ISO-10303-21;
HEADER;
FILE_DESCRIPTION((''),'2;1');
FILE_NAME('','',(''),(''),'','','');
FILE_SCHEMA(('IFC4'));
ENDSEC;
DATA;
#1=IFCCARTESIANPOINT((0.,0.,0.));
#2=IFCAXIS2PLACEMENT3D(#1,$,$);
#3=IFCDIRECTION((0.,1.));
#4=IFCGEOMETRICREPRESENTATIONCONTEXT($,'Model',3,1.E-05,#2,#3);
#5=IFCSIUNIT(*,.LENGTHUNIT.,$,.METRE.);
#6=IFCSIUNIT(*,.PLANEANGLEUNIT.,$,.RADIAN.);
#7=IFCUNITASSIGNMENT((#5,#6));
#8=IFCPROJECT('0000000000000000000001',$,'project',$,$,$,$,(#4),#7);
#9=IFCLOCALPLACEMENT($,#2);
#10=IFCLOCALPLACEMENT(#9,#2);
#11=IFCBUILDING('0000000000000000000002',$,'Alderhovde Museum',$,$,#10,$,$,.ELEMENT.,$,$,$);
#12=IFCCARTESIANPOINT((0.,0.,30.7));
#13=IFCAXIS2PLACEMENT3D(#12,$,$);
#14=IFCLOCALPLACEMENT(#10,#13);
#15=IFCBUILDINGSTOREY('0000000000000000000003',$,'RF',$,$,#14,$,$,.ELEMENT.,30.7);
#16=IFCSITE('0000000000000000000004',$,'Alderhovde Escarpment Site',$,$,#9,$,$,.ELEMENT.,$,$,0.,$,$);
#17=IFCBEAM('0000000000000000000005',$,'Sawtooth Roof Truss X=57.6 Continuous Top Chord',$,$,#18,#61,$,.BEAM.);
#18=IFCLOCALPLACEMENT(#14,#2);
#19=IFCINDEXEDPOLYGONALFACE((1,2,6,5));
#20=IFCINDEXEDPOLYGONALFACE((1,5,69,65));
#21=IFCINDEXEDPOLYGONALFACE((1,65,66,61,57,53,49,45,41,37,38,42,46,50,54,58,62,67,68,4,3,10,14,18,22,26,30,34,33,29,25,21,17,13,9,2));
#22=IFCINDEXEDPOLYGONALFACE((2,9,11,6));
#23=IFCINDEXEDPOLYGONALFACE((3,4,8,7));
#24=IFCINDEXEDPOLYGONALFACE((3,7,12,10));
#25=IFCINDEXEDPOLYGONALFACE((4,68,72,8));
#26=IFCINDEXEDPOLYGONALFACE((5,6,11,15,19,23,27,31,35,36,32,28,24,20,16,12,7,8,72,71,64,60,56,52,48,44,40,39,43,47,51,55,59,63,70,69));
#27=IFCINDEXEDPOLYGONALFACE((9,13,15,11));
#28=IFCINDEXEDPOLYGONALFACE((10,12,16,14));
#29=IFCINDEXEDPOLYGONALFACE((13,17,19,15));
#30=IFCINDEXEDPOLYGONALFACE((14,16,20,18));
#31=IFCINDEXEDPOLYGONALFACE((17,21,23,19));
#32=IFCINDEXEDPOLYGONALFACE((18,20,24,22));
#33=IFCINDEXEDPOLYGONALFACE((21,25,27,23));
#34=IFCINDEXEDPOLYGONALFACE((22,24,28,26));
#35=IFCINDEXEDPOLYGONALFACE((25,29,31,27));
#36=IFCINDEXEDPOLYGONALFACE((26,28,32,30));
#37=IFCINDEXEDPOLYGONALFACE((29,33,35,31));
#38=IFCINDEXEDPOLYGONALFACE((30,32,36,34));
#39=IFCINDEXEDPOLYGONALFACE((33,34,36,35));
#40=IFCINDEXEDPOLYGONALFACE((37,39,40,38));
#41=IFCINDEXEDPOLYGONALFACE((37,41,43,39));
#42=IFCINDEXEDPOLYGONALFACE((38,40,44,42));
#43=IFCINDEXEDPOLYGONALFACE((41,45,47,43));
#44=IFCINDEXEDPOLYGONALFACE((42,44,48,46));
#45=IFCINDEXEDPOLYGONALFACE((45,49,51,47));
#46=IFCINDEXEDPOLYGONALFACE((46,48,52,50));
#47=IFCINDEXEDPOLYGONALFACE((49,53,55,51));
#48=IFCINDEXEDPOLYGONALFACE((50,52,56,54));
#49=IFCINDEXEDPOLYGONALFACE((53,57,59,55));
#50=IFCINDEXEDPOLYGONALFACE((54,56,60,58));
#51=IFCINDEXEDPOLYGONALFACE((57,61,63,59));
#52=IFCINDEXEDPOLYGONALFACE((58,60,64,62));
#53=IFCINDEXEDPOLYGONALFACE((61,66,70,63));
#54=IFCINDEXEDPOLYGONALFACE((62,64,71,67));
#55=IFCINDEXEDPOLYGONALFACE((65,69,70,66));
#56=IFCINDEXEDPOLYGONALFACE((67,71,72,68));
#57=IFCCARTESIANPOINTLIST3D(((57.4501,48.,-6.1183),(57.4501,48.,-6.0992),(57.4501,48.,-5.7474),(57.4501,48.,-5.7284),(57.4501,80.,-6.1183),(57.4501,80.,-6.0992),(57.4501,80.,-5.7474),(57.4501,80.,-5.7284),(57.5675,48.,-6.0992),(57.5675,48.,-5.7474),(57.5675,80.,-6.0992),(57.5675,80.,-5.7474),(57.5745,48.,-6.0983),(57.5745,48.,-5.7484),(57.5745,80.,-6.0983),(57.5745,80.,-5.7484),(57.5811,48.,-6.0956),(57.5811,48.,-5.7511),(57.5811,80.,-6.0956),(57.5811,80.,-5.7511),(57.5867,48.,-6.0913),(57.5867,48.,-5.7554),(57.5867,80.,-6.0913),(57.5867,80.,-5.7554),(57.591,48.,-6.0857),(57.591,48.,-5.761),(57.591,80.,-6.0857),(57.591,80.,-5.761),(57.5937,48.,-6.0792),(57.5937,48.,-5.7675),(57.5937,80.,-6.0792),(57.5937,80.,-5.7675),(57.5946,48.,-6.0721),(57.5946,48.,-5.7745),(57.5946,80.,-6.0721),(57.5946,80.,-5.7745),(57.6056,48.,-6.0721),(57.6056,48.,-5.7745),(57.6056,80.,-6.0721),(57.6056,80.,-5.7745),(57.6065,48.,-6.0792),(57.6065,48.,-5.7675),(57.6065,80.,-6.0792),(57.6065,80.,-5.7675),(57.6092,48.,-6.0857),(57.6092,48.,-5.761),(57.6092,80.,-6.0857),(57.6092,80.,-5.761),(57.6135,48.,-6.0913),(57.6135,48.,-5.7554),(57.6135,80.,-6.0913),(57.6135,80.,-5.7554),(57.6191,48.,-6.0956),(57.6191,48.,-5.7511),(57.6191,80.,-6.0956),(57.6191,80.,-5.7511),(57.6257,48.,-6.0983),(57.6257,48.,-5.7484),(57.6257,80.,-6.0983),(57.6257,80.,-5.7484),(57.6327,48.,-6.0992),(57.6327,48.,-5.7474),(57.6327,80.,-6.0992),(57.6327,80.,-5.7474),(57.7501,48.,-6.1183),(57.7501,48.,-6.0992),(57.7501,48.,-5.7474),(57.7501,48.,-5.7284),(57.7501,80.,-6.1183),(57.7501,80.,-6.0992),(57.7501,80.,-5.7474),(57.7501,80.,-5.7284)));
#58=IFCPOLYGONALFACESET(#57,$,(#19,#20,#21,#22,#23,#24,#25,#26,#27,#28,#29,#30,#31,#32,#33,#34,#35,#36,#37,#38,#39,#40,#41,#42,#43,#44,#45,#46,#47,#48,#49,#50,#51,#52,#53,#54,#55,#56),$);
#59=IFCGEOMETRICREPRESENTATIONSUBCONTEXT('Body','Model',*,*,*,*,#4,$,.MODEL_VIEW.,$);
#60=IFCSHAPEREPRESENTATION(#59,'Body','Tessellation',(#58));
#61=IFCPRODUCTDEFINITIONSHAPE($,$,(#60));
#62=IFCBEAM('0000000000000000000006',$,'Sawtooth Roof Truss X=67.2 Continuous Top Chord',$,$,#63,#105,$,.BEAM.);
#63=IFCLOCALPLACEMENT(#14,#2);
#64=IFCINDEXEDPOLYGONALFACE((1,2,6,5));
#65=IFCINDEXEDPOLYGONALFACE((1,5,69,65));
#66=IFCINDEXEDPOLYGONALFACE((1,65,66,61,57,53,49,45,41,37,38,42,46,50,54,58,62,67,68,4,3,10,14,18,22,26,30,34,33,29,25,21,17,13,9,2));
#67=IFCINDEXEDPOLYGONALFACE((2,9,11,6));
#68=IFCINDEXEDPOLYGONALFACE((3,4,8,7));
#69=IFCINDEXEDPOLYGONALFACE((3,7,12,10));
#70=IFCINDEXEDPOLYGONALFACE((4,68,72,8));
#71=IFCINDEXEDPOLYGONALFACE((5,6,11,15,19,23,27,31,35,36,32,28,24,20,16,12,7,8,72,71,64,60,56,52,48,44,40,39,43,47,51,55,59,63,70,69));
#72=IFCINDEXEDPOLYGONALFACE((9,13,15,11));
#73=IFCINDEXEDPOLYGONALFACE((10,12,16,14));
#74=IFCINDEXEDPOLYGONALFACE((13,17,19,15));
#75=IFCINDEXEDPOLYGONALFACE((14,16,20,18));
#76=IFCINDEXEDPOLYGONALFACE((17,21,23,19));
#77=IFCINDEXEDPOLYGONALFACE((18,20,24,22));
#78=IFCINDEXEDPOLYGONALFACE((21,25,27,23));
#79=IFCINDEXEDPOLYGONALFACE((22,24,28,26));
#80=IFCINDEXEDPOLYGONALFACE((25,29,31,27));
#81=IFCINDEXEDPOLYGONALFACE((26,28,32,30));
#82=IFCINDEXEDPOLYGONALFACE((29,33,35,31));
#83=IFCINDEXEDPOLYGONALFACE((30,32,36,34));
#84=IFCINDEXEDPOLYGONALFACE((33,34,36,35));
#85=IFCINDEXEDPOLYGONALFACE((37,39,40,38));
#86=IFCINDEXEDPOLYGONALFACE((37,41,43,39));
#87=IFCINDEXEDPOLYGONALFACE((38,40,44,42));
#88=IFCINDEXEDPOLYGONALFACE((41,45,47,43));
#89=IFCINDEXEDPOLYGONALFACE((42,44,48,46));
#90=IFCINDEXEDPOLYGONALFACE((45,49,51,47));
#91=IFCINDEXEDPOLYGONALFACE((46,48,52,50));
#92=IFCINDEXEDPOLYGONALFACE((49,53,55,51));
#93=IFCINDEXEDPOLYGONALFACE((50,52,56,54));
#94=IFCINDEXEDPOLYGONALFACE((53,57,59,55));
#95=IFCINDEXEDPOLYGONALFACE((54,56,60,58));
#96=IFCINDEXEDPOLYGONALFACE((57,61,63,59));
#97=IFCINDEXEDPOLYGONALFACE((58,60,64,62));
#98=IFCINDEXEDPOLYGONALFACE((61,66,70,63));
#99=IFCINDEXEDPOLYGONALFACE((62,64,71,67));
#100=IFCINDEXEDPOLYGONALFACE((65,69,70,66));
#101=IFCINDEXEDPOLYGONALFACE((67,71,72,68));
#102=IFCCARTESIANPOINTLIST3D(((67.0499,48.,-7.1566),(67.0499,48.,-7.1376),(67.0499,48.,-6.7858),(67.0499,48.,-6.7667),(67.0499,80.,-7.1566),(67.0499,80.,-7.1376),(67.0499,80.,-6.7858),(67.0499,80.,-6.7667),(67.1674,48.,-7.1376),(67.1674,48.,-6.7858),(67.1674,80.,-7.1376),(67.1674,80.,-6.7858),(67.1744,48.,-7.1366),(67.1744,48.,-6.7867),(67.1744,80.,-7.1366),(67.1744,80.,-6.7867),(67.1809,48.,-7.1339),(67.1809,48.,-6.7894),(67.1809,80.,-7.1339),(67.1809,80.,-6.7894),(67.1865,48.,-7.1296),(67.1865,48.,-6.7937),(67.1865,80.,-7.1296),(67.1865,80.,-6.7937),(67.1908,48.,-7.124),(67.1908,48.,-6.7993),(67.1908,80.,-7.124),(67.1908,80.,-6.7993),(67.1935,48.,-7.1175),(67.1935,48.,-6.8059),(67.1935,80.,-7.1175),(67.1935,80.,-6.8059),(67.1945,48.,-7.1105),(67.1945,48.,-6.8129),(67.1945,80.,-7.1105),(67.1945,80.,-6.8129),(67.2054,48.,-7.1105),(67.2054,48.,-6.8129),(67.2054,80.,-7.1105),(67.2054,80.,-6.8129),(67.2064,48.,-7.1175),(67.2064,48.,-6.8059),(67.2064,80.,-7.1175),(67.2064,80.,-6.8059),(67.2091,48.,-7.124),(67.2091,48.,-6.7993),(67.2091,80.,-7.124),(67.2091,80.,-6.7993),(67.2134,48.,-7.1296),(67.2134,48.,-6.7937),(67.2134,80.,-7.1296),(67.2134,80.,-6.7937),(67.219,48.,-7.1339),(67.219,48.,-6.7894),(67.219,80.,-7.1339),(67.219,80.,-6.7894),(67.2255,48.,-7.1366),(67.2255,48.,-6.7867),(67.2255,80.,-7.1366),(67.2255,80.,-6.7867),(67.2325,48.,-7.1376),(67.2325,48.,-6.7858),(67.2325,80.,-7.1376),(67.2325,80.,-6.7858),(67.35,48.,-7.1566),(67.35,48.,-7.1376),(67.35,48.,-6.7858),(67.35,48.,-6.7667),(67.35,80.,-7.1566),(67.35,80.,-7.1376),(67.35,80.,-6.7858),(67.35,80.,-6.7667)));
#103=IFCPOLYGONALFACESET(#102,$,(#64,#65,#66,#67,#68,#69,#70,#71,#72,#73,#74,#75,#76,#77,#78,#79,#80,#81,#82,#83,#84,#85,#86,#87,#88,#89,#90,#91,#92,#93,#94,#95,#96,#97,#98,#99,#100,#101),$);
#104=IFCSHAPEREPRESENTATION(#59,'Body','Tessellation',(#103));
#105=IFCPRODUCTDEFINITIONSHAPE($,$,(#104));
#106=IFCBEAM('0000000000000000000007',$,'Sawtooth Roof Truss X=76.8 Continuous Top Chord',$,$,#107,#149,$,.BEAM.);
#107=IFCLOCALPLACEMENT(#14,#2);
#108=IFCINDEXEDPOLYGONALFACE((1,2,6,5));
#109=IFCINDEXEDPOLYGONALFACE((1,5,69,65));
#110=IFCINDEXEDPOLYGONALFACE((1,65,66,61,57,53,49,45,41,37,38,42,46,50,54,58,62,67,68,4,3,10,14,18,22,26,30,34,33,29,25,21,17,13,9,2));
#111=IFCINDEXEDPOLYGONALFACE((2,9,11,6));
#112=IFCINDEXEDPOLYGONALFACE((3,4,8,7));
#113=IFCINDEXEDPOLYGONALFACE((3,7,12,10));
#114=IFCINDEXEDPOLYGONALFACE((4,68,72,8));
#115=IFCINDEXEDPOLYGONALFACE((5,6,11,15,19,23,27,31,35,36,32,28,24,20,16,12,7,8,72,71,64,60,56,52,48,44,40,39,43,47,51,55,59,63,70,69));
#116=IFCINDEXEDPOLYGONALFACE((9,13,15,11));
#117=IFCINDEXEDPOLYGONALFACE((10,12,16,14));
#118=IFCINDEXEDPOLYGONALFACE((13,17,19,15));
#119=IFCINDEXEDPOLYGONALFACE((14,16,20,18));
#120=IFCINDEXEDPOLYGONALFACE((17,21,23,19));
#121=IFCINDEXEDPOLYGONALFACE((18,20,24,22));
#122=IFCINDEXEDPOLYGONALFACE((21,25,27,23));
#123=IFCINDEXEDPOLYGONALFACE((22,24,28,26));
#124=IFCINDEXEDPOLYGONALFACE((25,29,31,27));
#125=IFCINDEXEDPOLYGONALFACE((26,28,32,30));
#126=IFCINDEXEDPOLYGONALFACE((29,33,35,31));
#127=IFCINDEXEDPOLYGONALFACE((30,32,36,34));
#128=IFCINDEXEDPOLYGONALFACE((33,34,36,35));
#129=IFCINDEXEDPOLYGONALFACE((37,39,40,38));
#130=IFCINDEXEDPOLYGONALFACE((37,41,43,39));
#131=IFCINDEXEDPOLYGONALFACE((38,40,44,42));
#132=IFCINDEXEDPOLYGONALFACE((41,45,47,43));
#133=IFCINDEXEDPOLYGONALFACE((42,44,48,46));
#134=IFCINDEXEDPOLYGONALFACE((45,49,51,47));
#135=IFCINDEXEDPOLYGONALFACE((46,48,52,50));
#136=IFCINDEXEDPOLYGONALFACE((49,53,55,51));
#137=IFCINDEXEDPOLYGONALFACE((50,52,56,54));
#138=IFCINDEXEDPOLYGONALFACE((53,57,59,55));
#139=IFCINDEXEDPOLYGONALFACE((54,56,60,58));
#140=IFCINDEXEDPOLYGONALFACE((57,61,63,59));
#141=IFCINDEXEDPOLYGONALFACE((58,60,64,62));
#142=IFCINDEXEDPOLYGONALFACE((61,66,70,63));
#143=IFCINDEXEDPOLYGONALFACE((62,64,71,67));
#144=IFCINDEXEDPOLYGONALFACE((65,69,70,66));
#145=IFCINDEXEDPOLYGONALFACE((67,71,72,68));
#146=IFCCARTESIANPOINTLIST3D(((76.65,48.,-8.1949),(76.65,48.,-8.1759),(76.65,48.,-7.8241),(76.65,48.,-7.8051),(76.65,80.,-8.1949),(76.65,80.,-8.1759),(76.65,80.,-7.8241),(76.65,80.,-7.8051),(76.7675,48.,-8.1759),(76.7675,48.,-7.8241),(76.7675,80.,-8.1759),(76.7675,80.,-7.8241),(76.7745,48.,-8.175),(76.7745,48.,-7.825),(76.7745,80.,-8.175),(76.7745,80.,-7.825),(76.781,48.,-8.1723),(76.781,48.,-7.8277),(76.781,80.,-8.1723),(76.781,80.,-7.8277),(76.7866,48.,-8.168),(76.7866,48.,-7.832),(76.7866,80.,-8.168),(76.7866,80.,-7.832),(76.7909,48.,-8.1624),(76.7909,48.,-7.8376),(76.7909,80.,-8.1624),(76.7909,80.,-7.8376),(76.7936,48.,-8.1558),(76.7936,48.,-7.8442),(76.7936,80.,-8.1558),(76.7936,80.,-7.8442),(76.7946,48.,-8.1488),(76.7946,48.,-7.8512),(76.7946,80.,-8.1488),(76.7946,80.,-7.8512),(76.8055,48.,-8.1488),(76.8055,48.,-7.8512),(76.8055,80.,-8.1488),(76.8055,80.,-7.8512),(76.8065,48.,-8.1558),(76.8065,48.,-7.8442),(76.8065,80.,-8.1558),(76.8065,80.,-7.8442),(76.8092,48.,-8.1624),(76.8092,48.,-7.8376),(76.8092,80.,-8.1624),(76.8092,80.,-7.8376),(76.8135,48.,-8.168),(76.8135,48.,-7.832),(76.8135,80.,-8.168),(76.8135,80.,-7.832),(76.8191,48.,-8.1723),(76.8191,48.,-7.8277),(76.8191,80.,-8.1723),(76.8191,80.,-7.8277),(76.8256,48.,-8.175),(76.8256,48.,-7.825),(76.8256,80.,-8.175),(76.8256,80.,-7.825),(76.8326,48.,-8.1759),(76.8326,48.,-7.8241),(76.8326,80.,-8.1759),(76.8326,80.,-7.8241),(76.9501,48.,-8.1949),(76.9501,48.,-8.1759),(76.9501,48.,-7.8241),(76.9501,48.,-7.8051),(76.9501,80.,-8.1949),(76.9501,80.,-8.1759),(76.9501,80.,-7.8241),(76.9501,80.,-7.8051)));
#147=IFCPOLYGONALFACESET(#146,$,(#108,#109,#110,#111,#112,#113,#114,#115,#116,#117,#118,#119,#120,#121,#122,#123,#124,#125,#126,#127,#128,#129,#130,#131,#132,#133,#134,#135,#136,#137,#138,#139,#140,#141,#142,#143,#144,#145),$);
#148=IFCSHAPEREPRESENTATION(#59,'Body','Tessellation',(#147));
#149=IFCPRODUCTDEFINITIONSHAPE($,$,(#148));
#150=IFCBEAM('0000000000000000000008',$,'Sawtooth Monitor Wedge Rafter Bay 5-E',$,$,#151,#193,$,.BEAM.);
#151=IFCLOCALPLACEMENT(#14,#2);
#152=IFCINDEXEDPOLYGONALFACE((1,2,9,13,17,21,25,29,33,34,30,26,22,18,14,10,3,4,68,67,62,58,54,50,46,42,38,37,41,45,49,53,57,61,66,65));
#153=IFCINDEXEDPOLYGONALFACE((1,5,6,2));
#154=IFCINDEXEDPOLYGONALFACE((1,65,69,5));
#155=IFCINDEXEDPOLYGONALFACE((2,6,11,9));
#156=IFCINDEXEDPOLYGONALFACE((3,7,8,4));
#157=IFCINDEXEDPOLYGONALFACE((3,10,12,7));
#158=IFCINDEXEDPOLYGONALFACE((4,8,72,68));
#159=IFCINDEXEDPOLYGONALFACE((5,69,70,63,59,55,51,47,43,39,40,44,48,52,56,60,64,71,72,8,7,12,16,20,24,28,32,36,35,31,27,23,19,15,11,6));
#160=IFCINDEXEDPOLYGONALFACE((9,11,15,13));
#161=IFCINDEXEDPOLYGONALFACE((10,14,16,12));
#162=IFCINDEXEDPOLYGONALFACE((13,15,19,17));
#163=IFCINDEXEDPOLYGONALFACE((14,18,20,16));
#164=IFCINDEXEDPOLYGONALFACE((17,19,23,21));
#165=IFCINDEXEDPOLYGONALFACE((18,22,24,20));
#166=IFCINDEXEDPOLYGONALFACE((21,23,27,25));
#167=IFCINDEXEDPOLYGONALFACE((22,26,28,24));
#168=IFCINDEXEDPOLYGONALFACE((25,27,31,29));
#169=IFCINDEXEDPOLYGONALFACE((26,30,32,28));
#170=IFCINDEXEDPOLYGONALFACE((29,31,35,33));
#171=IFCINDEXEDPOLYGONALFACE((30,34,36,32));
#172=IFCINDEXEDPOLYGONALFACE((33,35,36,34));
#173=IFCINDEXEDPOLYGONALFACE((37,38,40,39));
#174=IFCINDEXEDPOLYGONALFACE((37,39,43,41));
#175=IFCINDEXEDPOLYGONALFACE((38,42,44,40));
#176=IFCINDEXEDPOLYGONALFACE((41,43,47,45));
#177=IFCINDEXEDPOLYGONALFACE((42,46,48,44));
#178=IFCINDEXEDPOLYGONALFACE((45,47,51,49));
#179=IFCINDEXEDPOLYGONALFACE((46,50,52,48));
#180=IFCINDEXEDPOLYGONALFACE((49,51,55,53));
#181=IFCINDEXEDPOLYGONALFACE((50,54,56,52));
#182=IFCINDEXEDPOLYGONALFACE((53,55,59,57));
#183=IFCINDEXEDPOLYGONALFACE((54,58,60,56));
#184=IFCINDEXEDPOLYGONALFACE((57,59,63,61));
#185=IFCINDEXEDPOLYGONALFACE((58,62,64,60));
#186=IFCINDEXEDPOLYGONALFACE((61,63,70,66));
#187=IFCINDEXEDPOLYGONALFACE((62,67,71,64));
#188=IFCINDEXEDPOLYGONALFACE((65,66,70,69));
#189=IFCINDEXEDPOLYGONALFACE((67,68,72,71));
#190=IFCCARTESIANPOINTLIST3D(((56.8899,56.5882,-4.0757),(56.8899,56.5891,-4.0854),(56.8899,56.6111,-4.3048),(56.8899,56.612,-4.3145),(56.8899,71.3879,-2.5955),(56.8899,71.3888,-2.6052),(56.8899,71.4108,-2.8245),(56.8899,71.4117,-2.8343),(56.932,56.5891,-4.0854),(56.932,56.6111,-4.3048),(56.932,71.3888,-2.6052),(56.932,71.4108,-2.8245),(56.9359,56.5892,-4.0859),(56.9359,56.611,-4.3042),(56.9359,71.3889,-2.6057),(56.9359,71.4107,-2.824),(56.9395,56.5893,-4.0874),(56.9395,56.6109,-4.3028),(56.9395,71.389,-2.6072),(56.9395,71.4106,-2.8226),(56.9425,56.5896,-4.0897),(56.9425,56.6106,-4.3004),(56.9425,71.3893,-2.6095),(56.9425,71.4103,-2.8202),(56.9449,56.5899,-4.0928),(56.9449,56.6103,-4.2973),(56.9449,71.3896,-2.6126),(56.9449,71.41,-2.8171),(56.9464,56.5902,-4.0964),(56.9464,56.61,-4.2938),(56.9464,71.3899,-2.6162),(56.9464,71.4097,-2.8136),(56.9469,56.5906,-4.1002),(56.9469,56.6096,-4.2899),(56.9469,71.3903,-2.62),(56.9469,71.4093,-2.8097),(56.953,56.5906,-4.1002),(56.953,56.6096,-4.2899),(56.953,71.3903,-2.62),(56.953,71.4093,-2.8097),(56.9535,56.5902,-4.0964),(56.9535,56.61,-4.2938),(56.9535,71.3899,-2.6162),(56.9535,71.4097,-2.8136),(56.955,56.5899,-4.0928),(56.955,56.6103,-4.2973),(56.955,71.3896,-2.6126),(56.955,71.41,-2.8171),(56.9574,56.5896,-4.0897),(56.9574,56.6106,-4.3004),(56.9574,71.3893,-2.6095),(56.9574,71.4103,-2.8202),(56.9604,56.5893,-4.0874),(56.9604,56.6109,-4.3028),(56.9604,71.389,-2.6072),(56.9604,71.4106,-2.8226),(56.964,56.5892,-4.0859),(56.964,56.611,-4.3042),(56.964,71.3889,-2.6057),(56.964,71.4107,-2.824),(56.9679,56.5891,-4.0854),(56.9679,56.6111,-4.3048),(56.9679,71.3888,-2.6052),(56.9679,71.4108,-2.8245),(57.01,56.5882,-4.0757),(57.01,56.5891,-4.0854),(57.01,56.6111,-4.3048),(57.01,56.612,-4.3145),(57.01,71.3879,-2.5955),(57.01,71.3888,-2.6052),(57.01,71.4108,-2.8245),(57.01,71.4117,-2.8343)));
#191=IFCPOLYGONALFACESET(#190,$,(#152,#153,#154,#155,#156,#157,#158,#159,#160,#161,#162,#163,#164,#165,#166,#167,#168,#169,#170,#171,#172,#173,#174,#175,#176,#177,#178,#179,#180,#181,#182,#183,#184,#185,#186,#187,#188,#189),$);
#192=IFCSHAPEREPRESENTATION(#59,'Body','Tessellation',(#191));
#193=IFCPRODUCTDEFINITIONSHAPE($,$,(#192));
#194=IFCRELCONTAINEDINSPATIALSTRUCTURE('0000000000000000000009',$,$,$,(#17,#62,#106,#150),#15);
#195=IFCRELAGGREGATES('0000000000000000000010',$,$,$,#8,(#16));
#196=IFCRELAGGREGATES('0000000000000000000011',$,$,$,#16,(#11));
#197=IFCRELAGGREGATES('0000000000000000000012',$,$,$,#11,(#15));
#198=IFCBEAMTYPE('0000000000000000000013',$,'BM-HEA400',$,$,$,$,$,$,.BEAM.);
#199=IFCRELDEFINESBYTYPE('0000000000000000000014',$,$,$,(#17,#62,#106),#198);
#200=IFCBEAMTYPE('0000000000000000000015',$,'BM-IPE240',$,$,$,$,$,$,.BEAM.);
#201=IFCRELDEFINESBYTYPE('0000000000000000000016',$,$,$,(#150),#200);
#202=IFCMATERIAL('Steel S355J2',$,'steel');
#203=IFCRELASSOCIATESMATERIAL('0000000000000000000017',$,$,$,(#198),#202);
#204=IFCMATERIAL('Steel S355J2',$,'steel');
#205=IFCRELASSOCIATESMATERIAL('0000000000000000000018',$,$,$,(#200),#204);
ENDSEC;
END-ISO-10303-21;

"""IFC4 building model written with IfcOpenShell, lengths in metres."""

from ifc_helpers import new_model, si_unit, direction, frame, origin, origin_2d, place, context, subcontext, project, spatial, i_section, extrude, material, material_profile, profile_set, type_object, element, save


model = new_model("IFC4")

# Units and contexts
model_context = context("Model", 3, precision=1e-05, world=origin(), true_north=direction((0.0, 1.0)))
body_context = subcontext(model_context, "Body", "Model", "MODEL_VIEW")
ifc_project = project(units=[si_unit("LENGTHUNIT", "METRE"), si_unit("PLANEANGLEUNIT", "RADIAN")], contexts=[model_context])

# Site, building, storey
site_placement = place(None, origin())
site = spatial("IfcSite", under=ifc_project, at=site_placement, Name="Alderhovde Escarpment Site", CompositionType="ELEMENT", RefElevation=0.0)
building_placement = place(site_placement, origin())
building = spatial("IfcBuilding", under=site, at=building_placement, Name="Alderhovde Museum", CompositionType="ELEMENT")
storey_placement = place(building_placement, frame((0.0, 0.0, 30.7)))
storey = spatial("IfcBuildingStorey", under=building, at=storey_placement, Name="RF", CompositionType="ELEMENT", Elevation=30.7)

# Beams
ifc_material_1 = material(Name="Steel S355J2", Category="steel")
ifc_material_profile_1 = material_profile(ifc_material_1, i_section(OverallWidth=0.3, OverallDepth=0.3899, WebThickness=0.011, FlangeThickness=0.019, FilletRadius=0.0271, at=origin_2d()), Name="HEA 400")
ifc_profile_set_1 = profile_set([ifc_material_profile_1], Name="Steel S355J2")
beam_type_1 = type_object("IfcBeamType", Name="BM-HEA400", PredefinedType="BEAM", material=ifc_profile_set_1)
for number, where, z_axis, x_axis, name in (
    (1, (57.6001, 48.0, -5.9233), (0.0, 1.0, 0.0), (-1.0, 0.0, 0.0), "Sawtooth Roof Truss X=57.6 Continuous Top Chord"),
    (2, (67.2, 48.0, -6.9617), (0.0, 1.0, 0.0), (-1.0, 0.0, 0.0), "Sawtooth Roof Truss X=67.2 Continuous Top Chord"),
    (3, (76.8, 48.0, -8.0), (0.0, 1.0, 0.0), (-1.0, 0.0, 0.0), "Sawtooth Roof Truss X=76.8 Continuous Top Chord"),
):
    element("IfcBeam", number, at=place(storey_placement, frame(where, z_axis=z_axis, x_axis=x_axis)), inside=storey, type_object=beam_type_1, Name=name, PredefinedType="BEAM", context=body_context, shape_type="SweptSolid", body=[
        extrude(i_section(OverallWidth=0.3, OverallDepth=0.3899, WebThickness=0.011, FlangeThickness=0.019, FilletRadius=0.0271, at=origin_2d()), origin(), (0.0, 0.0, 1.0), 32.0),
    ])
ifc_material_2 = material(Name="Steel S355J2", Category="steel")
ifc_material_profile_2 = material_profile(ifc_material_2, i_section(OverallWidth=0.1201, OverallDepth=0.24, WebThickness=0.0061, FlangeThickness=0.0098, FilletRadius=0.0149, at=origin_2d()), Name="IPE 240")
ifc_profile_set_2 = profile_set([ifc_material_profile_2], Name="Steel S355J2")
beam_type_2 = type_object("IfcBeamType", Name="BM-IPE240", PredefinedType="BEAM", material=ifc_profile_set_2)
beam_1_placement = place(storey_placement, frame((56.95, 56.6001, -4.1951), z_axis=(0.0, 0.995036, 0.09952), x_axis=(-1.0, 0.0, 0.0)))
element("IfcBeam", 4, at=beam_1_placement, inside=storey, type_object=beam_type_2, Name="Sawtooth Monitor Wedge Rafter Bay 5-E", PredefinedType="BEAM", context=body_context, shape_type="SweptSolid", body=[
    extrude(i_section(OverallWidth=0.1201, OverallDepth=0.24, WebThickness=0.0061, FlangeThickness=0.0098, FilletRadius=0.0149, at=origin_2d()), origin(), (0.0, 0.0, 1.0), 14.8735),
])

save(model, "model.ifc")
